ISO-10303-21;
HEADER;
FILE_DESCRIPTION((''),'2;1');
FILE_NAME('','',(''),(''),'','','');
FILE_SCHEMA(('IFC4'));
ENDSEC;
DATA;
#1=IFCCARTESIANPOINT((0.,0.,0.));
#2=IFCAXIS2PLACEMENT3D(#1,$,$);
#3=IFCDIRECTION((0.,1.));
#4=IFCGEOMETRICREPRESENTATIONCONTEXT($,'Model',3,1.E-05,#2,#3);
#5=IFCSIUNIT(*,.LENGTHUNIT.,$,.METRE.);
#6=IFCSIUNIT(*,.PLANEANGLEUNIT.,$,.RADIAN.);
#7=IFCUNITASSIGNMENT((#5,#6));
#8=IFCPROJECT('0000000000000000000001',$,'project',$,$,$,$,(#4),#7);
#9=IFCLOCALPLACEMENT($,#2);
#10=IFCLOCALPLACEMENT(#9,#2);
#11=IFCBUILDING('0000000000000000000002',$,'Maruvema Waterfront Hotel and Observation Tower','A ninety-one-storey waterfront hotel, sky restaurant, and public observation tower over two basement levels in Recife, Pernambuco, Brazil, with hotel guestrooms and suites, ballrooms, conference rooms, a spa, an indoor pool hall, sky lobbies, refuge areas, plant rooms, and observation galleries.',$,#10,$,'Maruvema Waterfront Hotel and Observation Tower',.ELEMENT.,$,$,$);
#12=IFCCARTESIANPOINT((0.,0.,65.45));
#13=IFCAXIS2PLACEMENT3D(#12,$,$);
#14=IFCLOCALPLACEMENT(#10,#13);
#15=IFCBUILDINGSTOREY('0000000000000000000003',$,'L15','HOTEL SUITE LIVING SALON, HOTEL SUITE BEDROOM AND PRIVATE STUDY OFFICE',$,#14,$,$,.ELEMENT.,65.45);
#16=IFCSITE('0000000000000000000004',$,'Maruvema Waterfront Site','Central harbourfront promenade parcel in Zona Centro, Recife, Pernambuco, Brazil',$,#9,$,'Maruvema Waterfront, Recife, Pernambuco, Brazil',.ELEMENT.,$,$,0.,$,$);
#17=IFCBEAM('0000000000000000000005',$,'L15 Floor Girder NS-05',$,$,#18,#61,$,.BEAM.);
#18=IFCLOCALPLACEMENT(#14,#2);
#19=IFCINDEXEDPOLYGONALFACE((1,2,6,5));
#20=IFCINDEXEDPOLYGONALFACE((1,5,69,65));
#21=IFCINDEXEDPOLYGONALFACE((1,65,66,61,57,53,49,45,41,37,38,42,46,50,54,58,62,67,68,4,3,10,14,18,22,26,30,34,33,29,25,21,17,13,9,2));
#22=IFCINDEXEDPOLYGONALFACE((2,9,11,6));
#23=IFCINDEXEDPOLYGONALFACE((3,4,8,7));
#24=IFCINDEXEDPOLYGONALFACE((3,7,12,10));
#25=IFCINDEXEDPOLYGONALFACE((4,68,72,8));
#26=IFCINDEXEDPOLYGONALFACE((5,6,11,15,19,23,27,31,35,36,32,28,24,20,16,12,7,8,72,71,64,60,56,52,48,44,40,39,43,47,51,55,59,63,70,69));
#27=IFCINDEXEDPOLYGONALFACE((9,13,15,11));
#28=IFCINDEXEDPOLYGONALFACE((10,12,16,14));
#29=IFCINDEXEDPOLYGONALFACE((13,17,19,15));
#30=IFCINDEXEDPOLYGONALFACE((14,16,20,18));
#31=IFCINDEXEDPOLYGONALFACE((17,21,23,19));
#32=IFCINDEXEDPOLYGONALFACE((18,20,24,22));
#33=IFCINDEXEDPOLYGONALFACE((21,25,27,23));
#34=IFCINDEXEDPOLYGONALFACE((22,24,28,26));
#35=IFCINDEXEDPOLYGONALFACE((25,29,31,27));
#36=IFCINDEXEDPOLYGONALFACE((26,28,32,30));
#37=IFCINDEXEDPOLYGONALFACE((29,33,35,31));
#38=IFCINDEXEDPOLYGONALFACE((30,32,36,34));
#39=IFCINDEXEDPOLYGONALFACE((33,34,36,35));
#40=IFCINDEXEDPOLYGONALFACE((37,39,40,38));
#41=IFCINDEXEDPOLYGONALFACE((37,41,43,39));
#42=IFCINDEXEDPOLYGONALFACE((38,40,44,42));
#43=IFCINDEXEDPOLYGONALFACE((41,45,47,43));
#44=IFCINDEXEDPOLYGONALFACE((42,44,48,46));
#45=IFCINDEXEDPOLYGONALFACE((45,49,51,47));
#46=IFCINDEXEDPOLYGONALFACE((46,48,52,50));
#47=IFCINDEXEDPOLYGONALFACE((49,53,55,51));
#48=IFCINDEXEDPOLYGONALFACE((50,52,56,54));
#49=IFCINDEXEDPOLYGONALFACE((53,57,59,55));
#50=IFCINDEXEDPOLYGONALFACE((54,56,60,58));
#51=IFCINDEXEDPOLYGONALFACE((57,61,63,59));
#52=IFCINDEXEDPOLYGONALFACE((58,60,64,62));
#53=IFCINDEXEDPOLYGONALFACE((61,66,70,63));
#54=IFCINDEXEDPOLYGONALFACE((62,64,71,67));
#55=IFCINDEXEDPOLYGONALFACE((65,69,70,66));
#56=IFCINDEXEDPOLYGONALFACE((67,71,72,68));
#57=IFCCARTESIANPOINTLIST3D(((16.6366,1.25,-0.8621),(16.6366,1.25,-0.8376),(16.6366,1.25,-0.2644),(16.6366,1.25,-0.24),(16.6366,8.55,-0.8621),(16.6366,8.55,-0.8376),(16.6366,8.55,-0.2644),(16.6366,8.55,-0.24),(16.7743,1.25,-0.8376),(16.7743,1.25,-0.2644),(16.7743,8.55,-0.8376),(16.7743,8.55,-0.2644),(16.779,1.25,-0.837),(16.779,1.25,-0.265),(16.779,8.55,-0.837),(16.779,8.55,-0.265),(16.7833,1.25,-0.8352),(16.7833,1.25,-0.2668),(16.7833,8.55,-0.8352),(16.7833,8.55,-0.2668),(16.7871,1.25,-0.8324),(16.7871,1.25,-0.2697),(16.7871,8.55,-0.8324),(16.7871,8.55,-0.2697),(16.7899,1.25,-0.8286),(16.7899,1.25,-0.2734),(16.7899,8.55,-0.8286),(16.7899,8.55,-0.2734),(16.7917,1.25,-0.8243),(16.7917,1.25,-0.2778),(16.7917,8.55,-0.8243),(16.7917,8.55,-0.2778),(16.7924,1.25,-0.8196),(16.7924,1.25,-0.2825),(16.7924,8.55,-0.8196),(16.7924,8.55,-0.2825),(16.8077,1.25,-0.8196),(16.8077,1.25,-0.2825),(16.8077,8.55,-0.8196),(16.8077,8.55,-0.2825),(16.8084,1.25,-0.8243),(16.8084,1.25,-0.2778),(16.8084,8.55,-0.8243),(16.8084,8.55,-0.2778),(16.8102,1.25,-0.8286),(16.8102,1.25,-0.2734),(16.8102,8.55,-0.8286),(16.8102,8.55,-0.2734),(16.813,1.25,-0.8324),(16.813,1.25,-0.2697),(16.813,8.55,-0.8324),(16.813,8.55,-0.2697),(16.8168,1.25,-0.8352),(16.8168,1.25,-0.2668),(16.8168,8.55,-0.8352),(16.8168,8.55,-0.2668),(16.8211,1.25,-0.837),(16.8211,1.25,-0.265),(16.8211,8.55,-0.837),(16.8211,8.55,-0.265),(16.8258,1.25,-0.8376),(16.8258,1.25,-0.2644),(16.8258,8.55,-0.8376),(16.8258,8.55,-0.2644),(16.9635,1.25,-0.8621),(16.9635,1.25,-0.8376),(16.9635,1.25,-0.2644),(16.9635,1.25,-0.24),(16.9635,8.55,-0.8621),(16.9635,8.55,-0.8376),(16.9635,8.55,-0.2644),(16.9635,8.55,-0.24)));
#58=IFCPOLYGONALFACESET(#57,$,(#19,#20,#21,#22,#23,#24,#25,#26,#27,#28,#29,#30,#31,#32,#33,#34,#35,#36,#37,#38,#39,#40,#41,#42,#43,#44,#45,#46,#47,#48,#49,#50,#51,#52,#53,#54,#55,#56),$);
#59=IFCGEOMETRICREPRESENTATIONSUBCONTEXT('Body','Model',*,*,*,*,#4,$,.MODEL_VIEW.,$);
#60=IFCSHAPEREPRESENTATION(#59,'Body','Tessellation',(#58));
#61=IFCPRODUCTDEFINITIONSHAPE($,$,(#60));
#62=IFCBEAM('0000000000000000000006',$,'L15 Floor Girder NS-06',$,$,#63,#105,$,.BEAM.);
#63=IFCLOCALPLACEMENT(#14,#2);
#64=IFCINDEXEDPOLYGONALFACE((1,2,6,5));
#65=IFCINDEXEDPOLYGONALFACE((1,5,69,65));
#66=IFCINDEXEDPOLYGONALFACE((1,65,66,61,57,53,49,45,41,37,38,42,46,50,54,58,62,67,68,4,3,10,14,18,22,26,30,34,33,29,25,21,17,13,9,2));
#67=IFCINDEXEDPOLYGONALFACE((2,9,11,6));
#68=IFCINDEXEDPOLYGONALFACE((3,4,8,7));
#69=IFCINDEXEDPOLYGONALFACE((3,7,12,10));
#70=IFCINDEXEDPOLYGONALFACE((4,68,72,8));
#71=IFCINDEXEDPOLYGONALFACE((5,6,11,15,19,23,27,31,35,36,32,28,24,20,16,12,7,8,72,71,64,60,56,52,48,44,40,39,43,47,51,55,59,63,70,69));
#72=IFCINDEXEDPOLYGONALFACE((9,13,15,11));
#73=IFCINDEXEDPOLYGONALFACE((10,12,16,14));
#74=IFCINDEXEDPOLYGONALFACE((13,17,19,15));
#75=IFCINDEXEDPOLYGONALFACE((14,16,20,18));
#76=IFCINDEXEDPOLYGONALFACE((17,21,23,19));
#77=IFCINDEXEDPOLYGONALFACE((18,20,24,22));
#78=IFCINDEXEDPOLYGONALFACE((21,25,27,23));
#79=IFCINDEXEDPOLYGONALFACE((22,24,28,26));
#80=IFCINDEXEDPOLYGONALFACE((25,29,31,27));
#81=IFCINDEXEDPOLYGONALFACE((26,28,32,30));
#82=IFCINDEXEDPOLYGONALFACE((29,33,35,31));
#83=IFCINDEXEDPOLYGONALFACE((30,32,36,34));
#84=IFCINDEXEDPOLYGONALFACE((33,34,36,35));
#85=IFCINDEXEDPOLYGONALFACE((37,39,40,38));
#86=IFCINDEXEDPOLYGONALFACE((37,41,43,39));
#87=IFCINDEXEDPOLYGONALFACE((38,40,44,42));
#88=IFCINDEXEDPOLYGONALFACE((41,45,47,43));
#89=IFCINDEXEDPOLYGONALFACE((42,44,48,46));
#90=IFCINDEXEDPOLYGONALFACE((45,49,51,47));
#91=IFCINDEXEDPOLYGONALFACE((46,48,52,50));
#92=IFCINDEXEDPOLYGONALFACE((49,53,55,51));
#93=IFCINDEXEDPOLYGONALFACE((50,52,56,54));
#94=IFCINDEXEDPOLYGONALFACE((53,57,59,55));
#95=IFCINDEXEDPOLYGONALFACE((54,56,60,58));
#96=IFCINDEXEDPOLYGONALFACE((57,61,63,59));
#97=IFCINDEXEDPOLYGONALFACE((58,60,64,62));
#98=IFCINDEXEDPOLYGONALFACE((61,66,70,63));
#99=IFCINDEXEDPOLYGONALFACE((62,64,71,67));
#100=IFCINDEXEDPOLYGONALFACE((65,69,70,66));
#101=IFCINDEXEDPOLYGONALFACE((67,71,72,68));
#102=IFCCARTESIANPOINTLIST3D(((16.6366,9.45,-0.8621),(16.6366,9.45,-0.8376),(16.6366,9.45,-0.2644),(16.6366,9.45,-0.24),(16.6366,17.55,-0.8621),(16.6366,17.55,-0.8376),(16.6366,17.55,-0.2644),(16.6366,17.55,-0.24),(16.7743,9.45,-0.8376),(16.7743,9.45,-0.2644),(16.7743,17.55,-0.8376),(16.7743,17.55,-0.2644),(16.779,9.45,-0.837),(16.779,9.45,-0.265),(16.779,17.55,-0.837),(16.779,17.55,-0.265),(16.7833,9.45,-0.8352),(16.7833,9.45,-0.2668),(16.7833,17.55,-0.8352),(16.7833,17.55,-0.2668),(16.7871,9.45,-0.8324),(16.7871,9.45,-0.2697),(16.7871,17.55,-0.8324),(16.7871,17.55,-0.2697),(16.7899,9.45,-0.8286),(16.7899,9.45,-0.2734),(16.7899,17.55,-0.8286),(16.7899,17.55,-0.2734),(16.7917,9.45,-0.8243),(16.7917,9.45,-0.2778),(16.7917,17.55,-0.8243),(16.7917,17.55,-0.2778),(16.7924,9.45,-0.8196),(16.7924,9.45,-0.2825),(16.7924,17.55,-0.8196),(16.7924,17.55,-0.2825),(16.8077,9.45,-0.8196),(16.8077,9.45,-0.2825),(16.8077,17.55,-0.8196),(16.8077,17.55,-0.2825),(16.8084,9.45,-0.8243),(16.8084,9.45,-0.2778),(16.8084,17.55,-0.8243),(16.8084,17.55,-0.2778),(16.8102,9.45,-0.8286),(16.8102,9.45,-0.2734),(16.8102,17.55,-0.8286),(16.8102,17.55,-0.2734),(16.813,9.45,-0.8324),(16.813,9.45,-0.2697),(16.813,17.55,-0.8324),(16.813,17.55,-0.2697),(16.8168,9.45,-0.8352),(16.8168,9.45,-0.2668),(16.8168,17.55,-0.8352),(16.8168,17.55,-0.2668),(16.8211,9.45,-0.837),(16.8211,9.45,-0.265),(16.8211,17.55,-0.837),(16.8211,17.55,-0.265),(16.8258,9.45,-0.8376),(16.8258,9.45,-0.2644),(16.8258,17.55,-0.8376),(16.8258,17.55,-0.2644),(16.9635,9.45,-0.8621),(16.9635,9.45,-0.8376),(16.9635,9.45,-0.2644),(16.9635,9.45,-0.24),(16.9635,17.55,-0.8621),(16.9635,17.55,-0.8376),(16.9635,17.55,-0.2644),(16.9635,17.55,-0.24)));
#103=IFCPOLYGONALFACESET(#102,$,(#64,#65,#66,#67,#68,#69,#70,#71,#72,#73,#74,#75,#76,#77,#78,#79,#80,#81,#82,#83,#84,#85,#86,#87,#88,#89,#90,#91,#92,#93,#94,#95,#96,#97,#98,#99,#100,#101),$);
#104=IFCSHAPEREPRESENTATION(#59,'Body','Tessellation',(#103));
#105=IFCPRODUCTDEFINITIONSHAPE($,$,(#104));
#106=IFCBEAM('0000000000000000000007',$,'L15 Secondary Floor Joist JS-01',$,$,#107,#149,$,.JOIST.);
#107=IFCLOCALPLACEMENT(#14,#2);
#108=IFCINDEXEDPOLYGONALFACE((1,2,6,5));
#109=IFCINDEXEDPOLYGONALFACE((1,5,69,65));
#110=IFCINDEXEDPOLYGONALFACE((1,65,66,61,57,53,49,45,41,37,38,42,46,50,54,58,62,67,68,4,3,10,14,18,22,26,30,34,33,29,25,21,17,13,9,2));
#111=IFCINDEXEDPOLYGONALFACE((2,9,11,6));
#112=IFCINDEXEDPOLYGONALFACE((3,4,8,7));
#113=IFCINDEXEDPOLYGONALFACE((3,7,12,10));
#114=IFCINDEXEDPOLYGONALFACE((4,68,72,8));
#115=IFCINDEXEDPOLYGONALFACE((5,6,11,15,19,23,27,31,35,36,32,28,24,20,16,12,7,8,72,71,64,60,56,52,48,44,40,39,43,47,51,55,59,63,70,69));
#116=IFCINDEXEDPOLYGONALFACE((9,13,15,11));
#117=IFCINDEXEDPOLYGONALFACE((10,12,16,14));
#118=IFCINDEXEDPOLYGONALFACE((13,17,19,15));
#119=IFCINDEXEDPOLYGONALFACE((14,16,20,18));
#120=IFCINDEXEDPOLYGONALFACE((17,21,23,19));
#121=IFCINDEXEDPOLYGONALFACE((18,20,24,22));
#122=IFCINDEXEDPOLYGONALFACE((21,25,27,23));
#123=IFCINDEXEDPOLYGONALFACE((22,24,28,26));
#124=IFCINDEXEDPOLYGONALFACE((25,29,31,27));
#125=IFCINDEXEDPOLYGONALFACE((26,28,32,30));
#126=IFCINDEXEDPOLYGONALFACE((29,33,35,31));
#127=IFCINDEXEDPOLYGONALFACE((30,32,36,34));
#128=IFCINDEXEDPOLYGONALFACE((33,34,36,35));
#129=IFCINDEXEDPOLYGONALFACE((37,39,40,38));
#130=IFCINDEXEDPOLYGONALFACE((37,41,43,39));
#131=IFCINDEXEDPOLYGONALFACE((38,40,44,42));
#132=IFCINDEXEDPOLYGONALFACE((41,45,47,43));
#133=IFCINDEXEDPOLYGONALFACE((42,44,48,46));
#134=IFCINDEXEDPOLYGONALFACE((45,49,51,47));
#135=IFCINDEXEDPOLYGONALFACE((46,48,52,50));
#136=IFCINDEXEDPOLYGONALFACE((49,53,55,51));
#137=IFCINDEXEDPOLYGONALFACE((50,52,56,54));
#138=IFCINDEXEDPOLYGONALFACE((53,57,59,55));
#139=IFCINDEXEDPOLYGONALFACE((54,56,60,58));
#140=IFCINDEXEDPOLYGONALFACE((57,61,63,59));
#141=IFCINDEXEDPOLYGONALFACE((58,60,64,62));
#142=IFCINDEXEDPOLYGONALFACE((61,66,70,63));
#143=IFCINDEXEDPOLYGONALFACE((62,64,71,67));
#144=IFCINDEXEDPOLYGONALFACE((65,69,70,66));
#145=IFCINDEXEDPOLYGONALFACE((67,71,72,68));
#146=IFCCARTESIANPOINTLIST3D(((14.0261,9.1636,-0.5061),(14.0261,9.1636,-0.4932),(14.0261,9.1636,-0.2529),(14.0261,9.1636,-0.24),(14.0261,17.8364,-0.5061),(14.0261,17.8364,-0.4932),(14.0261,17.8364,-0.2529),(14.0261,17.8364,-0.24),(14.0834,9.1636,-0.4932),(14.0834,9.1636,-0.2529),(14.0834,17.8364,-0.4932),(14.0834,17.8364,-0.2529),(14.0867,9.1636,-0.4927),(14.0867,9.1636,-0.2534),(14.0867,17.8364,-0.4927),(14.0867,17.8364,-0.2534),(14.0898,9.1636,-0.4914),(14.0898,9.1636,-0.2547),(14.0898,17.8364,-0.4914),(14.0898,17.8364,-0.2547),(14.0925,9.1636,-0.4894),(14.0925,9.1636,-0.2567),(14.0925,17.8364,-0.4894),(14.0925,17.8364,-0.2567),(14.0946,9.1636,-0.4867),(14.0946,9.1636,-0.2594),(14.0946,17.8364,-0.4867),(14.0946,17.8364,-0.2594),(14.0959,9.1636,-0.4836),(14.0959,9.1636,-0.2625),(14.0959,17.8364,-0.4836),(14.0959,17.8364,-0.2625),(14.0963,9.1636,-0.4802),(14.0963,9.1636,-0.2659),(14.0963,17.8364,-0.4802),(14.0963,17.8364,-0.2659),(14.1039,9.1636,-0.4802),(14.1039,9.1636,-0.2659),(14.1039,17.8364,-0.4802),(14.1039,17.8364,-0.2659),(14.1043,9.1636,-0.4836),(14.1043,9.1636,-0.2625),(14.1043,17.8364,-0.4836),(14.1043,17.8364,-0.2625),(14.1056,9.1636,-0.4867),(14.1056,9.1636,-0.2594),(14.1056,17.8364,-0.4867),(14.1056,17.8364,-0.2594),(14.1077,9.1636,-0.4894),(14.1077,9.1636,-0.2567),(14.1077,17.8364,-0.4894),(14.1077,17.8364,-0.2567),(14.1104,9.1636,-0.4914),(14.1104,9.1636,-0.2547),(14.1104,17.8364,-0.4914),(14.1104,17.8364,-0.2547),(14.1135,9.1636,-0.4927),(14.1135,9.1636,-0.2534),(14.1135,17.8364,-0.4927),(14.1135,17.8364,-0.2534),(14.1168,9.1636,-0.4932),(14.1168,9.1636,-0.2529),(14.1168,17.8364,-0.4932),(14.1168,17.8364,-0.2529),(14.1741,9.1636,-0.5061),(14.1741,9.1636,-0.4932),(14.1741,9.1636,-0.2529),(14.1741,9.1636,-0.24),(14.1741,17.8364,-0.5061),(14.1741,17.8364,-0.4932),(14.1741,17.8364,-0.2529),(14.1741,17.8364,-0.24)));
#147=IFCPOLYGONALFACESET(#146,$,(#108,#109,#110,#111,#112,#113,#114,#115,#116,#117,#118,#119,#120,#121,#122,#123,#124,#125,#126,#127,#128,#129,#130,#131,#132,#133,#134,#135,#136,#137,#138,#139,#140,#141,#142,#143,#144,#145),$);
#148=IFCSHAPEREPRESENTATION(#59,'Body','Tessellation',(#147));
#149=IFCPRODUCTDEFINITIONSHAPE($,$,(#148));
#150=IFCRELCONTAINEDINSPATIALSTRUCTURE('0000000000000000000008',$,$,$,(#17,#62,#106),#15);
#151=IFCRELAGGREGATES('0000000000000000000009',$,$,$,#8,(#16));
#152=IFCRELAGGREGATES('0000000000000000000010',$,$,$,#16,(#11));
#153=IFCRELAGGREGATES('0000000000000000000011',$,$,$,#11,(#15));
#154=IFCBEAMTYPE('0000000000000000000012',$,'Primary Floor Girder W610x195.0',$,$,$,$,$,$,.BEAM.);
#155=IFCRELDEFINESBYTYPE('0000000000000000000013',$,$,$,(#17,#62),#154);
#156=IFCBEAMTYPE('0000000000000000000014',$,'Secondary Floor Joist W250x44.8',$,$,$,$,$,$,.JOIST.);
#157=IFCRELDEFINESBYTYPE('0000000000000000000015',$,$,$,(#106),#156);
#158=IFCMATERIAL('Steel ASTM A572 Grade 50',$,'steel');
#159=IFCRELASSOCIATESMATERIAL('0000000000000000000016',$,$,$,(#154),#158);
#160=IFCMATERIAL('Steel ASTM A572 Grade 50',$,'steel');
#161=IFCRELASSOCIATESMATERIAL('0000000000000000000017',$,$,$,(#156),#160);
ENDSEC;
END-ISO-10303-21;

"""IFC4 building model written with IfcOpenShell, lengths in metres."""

from ifc_helpers import new_model, si_unit, direction, frame, origin, origin_2d, place, context, subcontext, project, spatial, i_section, extrude, material, material_profile, profile_set, type_object, element, save


model = new_model("IFC4")

# Units and contexts
model_context = context("Model", 3, precision=1e-05, world=origin(), true_north=direction((0.0, 1.0)))
body_context = subcontext(model_context, "Body", "Model", "MODEL_VIEW")
ifc_project = project(units=[si_unit("LENGTHUNIT", "METRE"), si_unit("PLANEANGLEUNIT", "RADIAN")], contexts=[model_context])

# Site, building, storey
site_placement = place(None, origin())
site = spatial("IfcSite", under=ifc_project, at=site_placement, Name="Maruvema Waterfront Site", Description="Central harbourfront promenade parcel in Zona Centro, Recife, Pernambuco, Brazil", LongName="Maruvema Waterfront, Recife, Pernambuco, Brazil", CompositionType="ELEMENT", RefElevation=0.0)
building_placement = place(site_placement, origin())
building = spatial("IfcBuilding", under=site, at=building_placement, Name="Maruvema Waterfront Hotel and Observation Tower", Description="A ninety-one-storey waterfront hotel, sky restaurant, and public observation tower over two basement levels in Recife, Pernambuco, Brazil, with hotel guestrooms and suites, ballrooms, conference rooms, a spa, an indoor pool hall, sky lobbies, refuge areas, plant rooms, and observation galleries.", LongName="Maruvema Waterfront Hotel and Observation Tower", CompositionType="ELEMENT")
storey_placement = place(building_placement, frame((0.0, 0.0, 65.45)))
storey = spatial("IfcBuildingStorey", under=building, at=storey_placement, Name="L15", Description="HOTEL SUITE LIVING SALON, HOTEL SUITE BEDROOM AND PRIVATE STUDY OFFICE", CompositionType="ELEMENT", Elevation=65.45)

# Beams
ifc_material_1 = material(Name="Steel ASTM A572 Grade 50", Category="steel")
ifc_material_profile_1 = material_profile(ifc_material_1, i_section(OverallWidth=0.3269, OverallDepth=0.6221, WebThickness=0.0154, FlangeThickness=0.0244, FilletRadius=0.0181, at=origin_2d()), Name="W610x195.0")
ifc_profile_set_1 = profile_set([ifc_material_profile_1], Name="Steel ASTM A572 Grade 50")
beam_type_1 = type_object("IfcBeamType", Name="Primary Floor Girder W610x195.0", PredefinedType="BEAM", material=ifc_profile_set_1)
beam_1_placement = place(storey_placement, frame((16.8, 1.25, -0.551), z_axis=(0.0, 1.0, 0.0), x_axis=(-1.0, 0.0, 0.0)))
element("IfcBeam", 1, at=beam_1_placement, inside=storey, type_object=beam_type_1, Name="L15 Floor Girder NS-05", PredefinedType="BEAM", context=body_context, shape_type="SweptSolid", body=[
    extrude(i_section(OverallWidth=0.3269, OverallDepth=0.6221, WebThickness=0.0154, FlangeThickness=0.0244, FilletRadius=0.0181, at=origin_2d()), origin(), (0.0, 0.0, 1.0), 7.3),
])
beam_2_placement = place(storey_placement, frame((16.8, 9.45, -0.551), z_axis=(0.0, 1.0, 0.0), x_axis=(-1.0, 0.0, 0.0)))
element("IfcBeam", 2, at=beam_2_placement, inside=storey, type_object=beam_type_1, Name="L15 Floor Girder NS-06", PredefinedType="BEAM", context=body_context, shape_type="SweptSolid", body=[
    extrude(i_section(OverallWidth=0.3269, OverallDepth=0.6221, WebThickness=0.0154, FlangeThickness=0.0244, FilletRadius=0.0181, at=origin_2d()), origin(), (0.0, 0.0, 1.0), 8.1001),
])
ifc_material_2 = material(Name="Steel ASTM A572 Grade 50", Category="steel")
ifc_material_profile_2 = material_profile(ifc_material_2, i_section(OverallWidth=0.1479, OverallDepth=0.2661, WebThickness=0.0076, FlangeThickness=0.0129, FilletRadius=0.0129, at=origin_2d()), Name="W250x44.8")
ifc_profile_set_2 = profile_set([ifc_material_profile_2], Name="Steel ASTM A572 Grade 50")
beam_type_2 = type_object("IfcBeamType", Name="Secondary Floor Joist W250x44.8", PredefinedType="JOIST", material=ifc_profile_set_2)
beam_3_placement = place(storey_placement, frame((14.1001, 9.1636, -0.373), z_axis=(0.0, 1.0, 0.0), x_axis=(-1.0, 0.0, 0.0)))
element("IfcBeam", 3, at=beam_3_placement, inside=storey, type_object=beam_type_2, Name="L15 Secondary Floor Joist JS-01", PredefinedType="JOIST", context=body_context, shape_type="SweptSolid", body=[
    extrude(i_section(OverallWidth=0.1479, OverallDepth=0.2661, WebThickness=0.0076, FlangeThickness=0.0129, FilletRadius=0.0129, at=origin_2d()), origin(), (0.0, 0.0, 1.0), 8.6729),
])

save(model, "model.ifc")
